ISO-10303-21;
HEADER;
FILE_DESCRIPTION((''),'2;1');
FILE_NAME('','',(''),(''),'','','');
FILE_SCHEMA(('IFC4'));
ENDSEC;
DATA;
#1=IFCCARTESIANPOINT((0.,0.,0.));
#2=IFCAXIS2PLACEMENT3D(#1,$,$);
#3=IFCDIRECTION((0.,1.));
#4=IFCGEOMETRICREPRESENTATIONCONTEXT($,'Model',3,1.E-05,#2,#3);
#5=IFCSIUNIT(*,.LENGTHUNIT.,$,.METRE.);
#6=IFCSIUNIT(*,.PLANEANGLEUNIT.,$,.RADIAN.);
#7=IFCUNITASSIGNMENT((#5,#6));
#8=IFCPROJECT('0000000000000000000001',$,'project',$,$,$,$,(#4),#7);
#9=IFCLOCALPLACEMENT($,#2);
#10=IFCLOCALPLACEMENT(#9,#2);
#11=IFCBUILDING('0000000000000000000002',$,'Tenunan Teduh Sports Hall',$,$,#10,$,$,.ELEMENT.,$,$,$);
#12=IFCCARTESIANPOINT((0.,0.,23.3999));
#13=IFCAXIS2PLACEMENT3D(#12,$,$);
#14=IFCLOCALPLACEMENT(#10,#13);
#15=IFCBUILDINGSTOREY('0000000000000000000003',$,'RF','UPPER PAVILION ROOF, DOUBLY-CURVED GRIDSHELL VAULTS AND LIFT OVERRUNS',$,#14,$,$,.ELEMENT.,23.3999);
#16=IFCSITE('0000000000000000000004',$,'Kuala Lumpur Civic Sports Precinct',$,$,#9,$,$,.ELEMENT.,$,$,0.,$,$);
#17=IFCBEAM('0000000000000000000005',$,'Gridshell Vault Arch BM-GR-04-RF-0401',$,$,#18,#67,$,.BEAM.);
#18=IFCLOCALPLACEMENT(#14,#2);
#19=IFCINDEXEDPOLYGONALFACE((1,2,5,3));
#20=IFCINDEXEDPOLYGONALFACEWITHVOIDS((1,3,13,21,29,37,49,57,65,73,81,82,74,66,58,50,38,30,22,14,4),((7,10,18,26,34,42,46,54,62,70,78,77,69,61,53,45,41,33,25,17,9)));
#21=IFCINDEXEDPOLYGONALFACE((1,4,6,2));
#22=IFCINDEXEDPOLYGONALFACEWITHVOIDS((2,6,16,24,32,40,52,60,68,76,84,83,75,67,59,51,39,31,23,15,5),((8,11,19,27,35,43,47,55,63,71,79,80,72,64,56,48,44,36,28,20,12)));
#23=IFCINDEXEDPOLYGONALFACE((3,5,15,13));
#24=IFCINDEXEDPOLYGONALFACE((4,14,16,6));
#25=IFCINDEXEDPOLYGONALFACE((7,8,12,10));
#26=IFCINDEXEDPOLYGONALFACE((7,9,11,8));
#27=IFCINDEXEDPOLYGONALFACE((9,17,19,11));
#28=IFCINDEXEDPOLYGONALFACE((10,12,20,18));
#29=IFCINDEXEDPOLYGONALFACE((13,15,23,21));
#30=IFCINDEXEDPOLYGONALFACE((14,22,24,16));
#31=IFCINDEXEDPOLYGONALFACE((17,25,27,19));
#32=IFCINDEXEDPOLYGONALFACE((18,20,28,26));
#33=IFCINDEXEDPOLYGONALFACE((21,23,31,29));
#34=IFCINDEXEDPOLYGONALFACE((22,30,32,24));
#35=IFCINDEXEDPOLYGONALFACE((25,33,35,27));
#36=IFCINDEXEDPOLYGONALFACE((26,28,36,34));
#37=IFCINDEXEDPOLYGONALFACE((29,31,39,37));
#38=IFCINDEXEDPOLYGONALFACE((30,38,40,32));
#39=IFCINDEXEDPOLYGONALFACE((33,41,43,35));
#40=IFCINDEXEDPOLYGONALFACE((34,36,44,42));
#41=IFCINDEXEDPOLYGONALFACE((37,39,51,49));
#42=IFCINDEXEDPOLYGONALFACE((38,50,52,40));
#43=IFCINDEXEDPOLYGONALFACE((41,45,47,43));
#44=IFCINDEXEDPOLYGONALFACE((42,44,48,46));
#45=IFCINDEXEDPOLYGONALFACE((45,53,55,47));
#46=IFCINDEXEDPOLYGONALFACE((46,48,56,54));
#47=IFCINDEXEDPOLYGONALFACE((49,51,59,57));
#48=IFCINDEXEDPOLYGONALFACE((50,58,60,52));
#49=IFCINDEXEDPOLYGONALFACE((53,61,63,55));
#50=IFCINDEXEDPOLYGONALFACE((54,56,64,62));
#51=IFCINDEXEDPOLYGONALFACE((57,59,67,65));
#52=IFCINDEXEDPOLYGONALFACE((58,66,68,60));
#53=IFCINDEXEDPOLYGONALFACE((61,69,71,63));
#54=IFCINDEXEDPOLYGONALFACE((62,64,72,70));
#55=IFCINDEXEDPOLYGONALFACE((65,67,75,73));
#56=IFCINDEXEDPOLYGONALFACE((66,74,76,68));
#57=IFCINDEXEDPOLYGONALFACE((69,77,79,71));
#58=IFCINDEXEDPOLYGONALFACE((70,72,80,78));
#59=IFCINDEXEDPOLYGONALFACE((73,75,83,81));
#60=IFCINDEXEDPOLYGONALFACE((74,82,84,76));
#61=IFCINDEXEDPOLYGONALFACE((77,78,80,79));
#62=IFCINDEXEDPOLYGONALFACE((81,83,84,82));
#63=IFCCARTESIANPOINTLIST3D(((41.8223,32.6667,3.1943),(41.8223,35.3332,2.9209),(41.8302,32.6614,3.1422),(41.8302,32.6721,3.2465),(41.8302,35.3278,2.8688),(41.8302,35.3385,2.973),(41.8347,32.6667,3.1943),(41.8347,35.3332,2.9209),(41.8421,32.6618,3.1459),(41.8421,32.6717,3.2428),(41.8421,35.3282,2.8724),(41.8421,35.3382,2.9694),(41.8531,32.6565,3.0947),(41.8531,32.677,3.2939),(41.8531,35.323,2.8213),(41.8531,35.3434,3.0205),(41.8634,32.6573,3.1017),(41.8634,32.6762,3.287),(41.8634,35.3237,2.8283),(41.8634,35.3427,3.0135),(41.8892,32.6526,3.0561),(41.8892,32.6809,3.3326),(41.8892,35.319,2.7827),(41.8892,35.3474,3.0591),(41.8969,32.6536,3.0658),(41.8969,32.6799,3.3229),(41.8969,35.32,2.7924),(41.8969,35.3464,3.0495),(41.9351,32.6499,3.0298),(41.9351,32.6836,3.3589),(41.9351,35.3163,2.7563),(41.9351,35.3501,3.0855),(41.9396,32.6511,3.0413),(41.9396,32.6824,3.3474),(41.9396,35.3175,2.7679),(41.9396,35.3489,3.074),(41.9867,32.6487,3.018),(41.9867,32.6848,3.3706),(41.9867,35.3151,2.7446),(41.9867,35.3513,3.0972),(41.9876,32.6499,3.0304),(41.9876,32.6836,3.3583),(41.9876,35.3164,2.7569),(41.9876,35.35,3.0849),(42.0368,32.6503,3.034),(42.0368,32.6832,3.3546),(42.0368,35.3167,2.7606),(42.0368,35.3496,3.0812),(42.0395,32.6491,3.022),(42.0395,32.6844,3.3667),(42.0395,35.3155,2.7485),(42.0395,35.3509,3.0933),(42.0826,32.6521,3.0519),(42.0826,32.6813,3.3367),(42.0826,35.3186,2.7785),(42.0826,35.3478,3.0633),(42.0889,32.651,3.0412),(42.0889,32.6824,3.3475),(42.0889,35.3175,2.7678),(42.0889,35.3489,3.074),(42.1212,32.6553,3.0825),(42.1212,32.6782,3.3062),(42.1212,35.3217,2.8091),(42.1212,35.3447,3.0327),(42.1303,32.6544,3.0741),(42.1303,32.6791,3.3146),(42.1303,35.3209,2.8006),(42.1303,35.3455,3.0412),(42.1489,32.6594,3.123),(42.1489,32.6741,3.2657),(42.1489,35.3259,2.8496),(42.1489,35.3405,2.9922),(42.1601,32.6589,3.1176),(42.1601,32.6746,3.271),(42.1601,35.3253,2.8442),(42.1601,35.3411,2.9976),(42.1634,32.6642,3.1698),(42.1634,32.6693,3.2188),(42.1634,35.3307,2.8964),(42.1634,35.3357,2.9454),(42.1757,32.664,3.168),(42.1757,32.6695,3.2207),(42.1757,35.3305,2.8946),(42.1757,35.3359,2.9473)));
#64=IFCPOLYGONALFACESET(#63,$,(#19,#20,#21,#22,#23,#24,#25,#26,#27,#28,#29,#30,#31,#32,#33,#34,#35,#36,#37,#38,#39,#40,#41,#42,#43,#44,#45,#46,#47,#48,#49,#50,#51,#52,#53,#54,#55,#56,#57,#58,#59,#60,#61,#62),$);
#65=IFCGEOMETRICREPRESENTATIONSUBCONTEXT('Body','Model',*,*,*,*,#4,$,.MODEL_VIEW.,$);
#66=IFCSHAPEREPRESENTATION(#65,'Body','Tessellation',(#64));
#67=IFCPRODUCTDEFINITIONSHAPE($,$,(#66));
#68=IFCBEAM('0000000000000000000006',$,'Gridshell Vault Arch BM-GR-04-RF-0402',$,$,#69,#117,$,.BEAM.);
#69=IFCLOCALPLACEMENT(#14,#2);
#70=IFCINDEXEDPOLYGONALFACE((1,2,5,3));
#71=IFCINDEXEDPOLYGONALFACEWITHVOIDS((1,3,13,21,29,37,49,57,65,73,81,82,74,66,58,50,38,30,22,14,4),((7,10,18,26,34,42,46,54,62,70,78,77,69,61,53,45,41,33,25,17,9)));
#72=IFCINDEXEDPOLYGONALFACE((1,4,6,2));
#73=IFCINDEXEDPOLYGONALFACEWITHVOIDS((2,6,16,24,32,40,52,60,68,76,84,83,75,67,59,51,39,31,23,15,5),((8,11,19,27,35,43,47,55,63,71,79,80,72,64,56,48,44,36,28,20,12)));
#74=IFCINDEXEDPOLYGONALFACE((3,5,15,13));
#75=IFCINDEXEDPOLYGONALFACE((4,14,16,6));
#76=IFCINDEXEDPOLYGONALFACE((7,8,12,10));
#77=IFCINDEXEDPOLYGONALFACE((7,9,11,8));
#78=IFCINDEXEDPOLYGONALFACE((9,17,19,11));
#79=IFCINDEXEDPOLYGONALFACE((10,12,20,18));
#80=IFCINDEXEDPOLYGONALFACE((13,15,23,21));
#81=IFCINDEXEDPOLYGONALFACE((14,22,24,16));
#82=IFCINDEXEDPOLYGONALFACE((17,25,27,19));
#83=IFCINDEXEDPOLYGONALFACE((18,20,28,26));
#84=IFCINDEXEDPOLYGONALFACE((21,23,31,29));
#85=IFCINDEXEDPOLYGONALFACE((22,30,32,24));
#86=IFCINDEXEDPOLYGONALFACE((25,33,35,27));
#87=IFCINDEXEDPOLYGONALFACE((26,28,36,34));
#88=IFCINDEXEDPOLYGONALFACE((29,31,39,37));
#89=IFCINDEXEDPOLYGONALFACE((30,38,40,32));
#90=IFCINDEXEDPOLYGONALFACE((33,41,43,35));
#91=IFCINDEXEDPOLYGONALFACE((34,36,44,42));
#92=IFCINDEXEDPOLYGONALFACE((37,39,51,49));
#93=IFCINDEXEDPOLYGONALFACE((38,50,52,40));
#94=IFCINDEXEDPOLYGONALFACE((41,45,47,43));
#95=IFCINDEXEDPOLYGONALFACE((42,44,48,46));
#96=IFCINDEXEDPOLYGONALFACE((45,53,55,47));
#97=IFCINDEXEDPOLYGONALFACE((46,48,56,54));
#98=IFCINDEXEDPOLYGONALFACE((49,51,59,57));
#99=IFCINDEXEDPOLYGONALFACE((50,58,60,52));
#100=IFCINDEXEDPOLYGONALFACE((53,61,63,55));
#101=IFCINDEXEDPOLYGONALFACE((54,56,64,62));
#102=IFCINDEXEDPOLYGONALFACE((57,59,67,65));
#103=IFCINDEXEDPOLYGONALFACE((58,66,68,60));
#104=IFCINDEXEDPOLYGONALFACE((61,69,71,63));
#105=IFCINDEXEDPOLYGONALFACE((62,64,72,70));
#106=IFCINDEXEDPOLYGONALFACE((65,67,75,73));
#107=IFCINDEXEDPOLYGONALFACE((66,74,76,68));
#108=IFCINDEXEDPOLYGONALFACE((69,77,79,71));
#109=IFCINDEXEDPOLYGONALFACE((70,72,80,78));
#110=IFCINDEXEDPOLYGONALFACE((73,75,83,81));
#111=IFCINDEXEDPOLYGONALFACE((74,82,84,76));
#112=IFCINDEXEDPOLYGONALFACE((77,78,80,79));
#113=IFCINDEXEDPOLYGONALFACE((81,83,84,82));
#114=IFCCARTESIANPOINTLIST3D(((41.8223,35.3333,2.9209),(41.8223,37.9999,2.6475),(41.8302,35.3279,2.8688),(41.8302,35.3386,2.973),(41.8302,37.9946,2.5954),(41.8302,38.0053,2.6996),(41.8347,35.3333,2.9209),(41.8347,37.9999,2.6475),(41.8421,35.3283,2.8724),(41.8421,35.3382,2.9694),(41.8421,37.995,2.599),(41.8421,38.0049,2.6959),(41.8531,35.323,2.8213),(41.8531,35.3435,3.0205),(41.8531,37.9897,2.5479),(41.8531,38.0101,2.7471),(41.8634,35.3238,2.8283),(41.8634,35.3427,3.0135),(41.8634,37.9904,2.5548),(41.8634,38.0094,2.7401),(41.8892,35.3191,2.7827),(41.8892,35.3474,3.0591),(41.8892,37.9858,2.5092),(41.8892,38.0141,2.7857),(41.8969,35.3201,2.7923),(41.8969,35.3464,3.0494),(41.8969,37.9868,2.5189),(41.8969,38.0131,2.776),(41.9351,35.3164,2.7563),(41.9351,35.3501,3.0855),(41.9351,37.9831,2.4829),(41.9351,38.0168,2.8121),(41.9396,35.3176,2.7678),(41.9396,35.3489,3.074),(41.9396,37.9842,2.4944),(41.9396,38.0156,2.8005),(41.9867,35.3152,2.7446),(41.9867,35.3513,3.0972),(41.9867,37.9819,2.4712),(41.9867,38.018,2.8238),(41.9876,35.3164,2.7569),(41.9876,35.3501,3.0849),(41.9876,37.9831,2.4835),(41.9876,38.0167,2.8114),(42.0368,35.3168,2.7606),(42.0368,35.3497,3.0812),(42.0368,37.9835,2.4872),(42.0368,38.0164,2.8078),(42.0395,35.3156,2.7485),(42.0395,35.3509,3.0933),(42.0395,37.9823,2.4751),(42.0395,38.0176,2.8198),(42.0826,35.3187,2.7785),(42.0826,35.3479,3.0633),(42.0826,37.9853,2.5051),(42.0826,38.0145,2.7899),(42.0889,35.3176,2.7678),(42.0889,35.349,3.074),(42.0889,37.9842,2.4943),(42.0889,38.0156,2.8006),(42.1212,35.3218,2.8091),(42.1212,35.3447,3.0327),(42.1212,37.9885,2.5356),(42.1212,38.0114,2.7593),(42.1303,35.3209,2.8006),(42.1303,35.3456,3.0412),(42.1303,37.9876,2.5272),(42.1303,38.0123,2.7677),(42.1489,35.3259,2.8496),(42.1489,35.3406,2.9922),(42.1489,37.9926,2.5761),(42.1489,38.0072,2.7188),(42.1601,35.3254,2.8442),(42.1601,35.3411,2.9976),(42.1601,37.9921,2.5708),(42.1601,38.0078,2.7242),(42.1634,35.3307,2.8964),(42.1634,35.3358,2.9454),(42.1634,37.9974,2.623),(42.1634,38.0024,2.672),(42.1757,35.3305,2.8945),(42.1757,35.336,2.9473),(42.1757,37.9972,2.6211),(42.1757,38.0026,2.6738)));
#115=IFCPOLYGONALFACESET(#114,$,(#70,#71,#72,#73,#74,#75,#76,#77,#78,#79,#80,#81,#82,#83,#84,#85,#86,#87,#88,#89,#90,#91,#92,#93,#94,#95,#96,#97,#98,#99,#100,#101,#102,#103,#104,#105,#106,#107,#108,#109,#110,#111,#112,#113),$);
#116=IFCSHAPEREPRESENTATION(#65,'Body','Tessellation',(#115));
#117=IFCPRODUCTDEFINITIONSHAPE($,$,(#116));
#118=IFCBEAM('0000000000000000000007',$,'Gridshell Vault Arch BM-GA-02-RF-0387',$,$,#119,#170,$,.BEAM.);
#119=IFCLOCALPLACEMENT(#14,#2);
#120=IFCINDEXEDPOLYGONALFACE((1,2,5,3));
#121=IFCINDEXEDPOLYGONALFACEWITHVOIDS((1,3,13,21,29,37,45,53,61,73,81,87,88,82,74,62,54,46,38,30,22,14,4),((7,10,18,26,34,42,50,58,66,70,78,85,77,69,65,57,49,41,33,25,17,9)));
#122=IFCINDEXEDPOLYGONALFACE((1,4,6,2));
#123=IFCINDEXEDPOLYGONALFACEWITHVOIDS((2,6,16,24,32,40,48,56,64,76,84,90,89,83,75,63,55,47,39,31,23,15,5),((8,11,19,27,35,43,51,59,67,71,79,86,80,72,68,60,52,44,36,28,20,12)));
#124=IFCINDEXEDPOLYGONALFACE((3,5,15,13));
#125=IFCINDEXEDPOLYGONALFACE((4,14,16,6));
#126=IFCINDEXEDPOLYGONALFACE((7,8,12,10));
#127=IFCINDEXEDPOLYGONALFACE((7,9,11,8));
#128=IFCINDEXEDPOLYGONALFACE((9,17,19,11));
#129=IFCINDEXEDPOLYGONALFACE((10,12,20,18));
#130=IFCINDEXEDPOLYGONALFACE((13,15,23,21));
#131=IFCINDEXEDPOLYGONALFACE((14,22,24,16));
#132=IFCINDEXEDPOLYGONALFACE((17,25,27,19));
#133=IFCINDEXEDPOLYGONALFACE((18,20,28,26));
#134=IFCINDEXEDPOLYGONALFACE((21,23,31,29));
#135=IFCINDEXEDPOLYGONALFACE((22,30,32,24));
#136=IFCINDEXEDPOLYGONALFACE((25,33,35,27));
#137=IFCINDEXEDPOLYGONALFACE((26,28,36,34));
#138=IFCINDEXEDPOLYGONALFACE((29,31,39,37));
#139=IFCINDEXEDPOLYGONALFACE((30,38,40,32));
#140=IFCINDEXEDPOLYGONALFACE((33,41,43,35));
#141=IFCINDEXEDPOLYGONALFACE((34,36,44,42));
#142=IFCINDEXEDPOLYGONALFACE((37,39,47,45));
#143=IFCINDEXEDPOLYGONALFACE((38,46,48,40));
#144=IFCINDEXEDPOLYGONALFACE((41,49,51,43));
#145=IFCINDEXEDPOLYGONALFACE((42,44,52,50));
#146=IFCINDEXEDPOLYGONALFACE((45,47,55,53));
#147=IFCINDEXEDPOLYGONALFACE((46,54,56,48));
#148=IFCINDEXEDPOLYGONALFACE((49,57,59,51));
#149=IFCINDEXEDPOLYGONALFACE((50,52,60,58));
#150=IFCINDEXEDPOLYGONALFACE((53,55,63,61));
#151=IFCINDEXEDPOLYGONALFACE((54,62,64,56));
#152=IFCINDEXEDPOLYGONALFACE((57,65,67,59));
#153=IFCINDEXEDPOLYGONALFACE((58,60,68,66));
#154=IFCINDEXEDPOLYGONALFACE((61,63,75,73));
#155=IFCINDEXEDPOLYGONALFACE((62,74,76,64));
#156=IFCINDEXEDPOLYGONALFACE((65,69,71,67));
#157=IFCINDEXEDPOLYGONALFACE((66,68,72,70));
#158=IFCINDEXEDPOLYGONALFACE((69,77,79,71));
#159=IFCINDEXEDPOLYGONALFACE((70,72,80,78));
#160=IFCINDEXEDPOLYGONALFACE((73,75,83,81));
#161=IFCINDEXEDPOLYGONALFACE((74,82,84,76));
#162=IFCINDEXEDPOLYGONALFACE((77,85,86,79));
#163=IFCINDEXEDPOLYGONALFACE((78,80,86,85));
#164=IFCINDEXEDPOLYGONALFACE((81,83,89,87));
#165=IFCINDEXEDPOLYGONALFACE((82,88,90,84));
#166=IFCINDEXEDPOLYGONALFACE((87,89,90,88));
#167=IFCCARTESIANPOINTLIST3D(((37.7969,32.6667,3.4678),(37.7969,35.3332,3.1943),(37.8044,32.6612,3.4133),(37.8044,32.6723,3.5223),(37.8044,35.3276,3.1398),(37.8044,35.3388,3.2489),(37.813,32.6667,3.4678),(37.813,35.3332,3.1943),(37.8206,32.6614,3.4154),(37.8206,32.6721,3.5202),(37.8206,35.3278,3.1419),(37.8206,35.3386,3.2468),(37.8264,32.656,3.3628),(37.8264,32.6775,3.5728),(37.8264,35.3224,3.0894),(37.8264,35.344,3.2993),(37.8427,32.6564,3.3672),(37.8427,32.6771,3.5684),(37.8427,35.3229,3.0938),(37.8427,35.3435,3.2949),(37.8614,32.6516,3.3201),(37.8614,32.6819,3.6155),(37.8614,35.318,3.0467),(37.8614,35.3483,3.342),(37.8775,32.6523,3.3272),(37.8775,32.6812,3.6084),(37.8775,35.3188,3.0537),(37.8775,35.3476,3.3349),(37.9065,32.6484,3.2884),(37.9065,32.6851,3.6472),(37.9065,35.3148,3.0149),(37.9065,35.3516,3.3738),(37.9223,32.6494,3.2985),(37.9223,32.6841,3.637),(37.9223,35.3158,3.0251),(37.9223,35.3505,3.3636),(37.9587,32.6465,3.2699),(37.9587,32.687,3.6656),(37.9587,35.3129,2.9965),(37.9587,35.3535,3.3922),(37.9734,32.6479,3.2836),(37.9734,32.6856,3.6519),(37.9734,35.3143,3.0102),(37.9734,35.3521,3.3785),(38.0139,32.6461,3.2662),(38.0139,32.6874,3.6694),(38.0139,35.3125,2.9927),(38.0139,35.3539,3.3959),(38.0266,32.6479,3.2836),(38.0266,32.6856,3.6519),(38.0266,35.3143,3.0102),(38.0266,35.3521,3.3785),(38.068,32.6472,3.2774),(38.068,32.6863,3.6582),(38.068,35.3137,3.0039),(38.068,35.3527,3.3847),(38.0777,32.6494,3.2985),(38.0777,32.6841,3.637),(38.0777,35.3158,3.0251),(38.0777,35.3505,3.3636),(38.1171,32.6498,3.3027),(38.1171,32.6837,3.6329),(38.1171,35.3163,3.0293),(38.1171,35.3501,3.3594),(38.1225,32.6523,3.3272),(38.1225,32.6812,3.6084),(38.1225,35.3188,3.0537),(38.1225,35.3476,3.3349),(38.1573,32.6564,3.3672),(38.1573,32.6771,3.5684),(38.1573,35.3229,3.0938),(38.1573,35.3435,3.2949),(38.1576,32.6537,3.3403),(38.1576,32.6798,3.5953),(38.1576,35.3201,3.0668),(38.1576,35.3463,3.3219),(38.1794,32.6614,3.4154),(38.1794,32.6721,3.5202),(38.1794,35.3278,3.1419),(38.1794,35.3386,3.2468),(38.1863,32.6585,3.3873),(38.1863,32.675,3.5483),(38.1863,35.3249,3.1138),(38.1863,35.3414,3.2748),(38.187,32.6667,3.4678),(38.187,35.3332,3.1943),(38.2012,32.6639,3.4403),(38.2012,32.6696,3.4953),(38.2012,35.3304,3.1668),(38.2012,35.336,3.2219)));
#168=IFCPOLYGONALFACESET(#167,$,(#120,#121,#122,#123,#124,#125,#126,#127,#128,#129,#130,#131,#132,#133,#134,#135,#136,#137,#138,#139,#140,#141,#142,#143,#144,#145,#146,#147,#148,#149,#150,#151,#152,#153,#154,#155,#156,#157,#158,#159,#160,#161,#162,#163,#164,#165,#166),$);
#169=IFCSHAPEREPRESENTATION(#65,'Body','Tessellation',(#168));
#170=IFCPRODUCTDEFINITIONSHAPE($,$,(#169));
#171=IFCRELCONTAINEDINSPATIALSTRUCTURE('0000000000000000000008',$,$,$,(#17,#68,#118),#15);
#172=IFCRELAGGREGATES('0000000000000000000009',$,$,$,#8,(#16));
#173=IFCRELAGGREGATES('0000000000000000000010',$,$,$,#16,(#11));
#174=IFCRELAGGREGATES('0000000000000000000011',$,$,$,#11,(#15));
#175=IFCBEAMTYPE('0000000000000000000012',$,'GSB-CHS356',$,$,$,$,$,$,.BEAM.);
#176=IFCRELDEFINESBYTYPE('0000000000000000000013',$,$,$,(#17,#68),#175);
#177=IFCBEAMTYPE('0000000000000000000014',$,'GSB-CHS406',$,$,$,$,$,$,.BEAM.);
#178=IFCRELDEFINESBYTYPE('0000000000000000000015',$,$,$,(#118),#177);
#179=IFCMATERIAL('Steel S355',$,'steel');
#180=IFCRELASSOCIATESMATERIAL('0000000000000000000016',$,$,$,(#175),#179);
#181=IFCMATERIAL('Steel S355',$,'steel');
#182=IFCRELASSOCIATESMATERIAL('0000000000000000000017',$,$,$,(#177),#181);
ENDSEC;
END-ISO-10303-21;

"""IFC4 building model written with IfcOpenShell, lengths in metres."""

from ifc_helpers import new_model, si_unit, direction, frame, origin, origin_2d, place, context, subcontext, project, spatial, hollow_circle, extrude, material, material_profile, profile_set, type_object, element, save


model = new_model("IFC4")

# Units and contexts
model_context = context("Model", 3, precision=1e-05, world=origin(), true_north=direction((0.0, 1.0)))
body_context = subcontext(model_context, "Body", "Model", "MODEL_VIEW")
ifc_project = project(units=[si_unit("LENGTHUNIT", "METRE"), si_unit("PLANEANGLEUNIT", "RADIAN")], contexts=[model_context])

# Site, building, storey
site_placement = place(None, origin())
site = spatial("IfcSite", under=ifc_project, at=site_placement, Name="Kuala Lumpur Civic Sports Precinct", CompositionType="ELEMENT", RefElevation=0.0)
building_placement = place(site_placement, origin())
building = spatial("IfcBuilding", under=site, at=building_placement, Name="Tenunan Teduh Sports Hall", CompositionType="ELEMENT")
storey_placement = place(building_placement, frame((0.0, 0.0, 23.3999)))
storey = spatial("IfcBuildingStorey", under=building, at=storey_placement, Name="RF", Description="UPPER PAVILION ROOF, DOUBLY-CURVED GRIDSHELL VAULTS AND LIFT OVERRUNS", CompositionType="ELEMENT", Elevation=23.3999)

# Beams
ifc_material_1 = material(Name="Steel S355", Category="steel")
ifc_material_profile_1 = material_profile(ifc_material_1, hollow_circle(Radius=0.1777, WallThickness=0.0125, at=origin_2d()), Name="CHS 355.6x12.5")
ifc_profile_set_1 = profile_set([ifc_material_profile_1], Name="Steel S355")
beam_type_1 = type_object("IfcBeamType", Name="GSB-CHS356", PredefinedType="BEAM", material=ifc_profile_set_1)
beam_1_placement = place(storey_placement, frame((42.0, 32.6667, 3.1943), z_axis=(0.0, 0.994783, -0.10201), x_axis=(-1.0, 0.0, 0.0)))
element("IfcBeam", 1, at=beam_1_placement, inside=storey, type_object=beam_type_1, Name="Gridshell Vault Arch BM-GR-04-RF-0401", PredefinedType="BEAM", context=body_context, shape_type="SweptSolid", body=[
    extrude(hollow_circle(Radius=0.1777, WallThickness=0.0125, at=origin_2d()), origin(), (0.0, 0.0, 1.0), 2.6804),
])
beam_2_placement = place(storey_placement, frame((42.0, 35.3333, 2.9209), z_axis=(0.0, 0.994784, -0.102001), x_axis=(-1.0, 0.0, 0.0)))
element("IfcBeam", 2, at=beam_2_placement, inside=storey, type_object=beam_type_1, Name="Gridshell Vault Arch BM-GR-04-RF-0402", PredefinedType="BEAM", context=body_context, shape_type="SweptSolid", body=[
    extrude(hollow_circle(Radius=0.1777, WallThickness=0.0125, at=origin_2d()), origin(), (0.0, 0.0, 1.0), 2.6807),
])
ifc_material_2 = material(Name="Steel S355", Category="steel")
ifc_material_profile_2 = material_profile(ifc_material_2, hollow_circle(Radius=0.2031, WallThickness=0.0161, at=origin_2d()), Name="CHS 406.4x16.0")
ifc_profile_set_2 = profile_set([ifc_material_profile_2], Name="Steel S355")
beam_type_2 = type_object("IfcBeamType", Name="GSB-CHS406", PredefinedType="BEAM", material=ifc_profile_set_2)
beam_3_placement = place(storey_placement, frame((38.0, 32.6667, 3.4678), z_axis=(0.0, 0.994783, -0.10201), x_axis=(-1.0, 0.0, 0.0)))
element("IfcBeam", 3, at=beam_3_placement, inside=storey, type_object=beam_type_2, Name="Gridshell Vault Arch BM-GA-02-RF-0387", PredefinedType="BEAM", context=body_context, shape_type="SweptSolid", body=[
    extrude(hollow_circle(Radius=0.2031, WallThickness=0.0161, at=origin_2d()), origin(), (0.0, 0.0, 1.0), 2.6804),
])

save(model, "model.ifc")
